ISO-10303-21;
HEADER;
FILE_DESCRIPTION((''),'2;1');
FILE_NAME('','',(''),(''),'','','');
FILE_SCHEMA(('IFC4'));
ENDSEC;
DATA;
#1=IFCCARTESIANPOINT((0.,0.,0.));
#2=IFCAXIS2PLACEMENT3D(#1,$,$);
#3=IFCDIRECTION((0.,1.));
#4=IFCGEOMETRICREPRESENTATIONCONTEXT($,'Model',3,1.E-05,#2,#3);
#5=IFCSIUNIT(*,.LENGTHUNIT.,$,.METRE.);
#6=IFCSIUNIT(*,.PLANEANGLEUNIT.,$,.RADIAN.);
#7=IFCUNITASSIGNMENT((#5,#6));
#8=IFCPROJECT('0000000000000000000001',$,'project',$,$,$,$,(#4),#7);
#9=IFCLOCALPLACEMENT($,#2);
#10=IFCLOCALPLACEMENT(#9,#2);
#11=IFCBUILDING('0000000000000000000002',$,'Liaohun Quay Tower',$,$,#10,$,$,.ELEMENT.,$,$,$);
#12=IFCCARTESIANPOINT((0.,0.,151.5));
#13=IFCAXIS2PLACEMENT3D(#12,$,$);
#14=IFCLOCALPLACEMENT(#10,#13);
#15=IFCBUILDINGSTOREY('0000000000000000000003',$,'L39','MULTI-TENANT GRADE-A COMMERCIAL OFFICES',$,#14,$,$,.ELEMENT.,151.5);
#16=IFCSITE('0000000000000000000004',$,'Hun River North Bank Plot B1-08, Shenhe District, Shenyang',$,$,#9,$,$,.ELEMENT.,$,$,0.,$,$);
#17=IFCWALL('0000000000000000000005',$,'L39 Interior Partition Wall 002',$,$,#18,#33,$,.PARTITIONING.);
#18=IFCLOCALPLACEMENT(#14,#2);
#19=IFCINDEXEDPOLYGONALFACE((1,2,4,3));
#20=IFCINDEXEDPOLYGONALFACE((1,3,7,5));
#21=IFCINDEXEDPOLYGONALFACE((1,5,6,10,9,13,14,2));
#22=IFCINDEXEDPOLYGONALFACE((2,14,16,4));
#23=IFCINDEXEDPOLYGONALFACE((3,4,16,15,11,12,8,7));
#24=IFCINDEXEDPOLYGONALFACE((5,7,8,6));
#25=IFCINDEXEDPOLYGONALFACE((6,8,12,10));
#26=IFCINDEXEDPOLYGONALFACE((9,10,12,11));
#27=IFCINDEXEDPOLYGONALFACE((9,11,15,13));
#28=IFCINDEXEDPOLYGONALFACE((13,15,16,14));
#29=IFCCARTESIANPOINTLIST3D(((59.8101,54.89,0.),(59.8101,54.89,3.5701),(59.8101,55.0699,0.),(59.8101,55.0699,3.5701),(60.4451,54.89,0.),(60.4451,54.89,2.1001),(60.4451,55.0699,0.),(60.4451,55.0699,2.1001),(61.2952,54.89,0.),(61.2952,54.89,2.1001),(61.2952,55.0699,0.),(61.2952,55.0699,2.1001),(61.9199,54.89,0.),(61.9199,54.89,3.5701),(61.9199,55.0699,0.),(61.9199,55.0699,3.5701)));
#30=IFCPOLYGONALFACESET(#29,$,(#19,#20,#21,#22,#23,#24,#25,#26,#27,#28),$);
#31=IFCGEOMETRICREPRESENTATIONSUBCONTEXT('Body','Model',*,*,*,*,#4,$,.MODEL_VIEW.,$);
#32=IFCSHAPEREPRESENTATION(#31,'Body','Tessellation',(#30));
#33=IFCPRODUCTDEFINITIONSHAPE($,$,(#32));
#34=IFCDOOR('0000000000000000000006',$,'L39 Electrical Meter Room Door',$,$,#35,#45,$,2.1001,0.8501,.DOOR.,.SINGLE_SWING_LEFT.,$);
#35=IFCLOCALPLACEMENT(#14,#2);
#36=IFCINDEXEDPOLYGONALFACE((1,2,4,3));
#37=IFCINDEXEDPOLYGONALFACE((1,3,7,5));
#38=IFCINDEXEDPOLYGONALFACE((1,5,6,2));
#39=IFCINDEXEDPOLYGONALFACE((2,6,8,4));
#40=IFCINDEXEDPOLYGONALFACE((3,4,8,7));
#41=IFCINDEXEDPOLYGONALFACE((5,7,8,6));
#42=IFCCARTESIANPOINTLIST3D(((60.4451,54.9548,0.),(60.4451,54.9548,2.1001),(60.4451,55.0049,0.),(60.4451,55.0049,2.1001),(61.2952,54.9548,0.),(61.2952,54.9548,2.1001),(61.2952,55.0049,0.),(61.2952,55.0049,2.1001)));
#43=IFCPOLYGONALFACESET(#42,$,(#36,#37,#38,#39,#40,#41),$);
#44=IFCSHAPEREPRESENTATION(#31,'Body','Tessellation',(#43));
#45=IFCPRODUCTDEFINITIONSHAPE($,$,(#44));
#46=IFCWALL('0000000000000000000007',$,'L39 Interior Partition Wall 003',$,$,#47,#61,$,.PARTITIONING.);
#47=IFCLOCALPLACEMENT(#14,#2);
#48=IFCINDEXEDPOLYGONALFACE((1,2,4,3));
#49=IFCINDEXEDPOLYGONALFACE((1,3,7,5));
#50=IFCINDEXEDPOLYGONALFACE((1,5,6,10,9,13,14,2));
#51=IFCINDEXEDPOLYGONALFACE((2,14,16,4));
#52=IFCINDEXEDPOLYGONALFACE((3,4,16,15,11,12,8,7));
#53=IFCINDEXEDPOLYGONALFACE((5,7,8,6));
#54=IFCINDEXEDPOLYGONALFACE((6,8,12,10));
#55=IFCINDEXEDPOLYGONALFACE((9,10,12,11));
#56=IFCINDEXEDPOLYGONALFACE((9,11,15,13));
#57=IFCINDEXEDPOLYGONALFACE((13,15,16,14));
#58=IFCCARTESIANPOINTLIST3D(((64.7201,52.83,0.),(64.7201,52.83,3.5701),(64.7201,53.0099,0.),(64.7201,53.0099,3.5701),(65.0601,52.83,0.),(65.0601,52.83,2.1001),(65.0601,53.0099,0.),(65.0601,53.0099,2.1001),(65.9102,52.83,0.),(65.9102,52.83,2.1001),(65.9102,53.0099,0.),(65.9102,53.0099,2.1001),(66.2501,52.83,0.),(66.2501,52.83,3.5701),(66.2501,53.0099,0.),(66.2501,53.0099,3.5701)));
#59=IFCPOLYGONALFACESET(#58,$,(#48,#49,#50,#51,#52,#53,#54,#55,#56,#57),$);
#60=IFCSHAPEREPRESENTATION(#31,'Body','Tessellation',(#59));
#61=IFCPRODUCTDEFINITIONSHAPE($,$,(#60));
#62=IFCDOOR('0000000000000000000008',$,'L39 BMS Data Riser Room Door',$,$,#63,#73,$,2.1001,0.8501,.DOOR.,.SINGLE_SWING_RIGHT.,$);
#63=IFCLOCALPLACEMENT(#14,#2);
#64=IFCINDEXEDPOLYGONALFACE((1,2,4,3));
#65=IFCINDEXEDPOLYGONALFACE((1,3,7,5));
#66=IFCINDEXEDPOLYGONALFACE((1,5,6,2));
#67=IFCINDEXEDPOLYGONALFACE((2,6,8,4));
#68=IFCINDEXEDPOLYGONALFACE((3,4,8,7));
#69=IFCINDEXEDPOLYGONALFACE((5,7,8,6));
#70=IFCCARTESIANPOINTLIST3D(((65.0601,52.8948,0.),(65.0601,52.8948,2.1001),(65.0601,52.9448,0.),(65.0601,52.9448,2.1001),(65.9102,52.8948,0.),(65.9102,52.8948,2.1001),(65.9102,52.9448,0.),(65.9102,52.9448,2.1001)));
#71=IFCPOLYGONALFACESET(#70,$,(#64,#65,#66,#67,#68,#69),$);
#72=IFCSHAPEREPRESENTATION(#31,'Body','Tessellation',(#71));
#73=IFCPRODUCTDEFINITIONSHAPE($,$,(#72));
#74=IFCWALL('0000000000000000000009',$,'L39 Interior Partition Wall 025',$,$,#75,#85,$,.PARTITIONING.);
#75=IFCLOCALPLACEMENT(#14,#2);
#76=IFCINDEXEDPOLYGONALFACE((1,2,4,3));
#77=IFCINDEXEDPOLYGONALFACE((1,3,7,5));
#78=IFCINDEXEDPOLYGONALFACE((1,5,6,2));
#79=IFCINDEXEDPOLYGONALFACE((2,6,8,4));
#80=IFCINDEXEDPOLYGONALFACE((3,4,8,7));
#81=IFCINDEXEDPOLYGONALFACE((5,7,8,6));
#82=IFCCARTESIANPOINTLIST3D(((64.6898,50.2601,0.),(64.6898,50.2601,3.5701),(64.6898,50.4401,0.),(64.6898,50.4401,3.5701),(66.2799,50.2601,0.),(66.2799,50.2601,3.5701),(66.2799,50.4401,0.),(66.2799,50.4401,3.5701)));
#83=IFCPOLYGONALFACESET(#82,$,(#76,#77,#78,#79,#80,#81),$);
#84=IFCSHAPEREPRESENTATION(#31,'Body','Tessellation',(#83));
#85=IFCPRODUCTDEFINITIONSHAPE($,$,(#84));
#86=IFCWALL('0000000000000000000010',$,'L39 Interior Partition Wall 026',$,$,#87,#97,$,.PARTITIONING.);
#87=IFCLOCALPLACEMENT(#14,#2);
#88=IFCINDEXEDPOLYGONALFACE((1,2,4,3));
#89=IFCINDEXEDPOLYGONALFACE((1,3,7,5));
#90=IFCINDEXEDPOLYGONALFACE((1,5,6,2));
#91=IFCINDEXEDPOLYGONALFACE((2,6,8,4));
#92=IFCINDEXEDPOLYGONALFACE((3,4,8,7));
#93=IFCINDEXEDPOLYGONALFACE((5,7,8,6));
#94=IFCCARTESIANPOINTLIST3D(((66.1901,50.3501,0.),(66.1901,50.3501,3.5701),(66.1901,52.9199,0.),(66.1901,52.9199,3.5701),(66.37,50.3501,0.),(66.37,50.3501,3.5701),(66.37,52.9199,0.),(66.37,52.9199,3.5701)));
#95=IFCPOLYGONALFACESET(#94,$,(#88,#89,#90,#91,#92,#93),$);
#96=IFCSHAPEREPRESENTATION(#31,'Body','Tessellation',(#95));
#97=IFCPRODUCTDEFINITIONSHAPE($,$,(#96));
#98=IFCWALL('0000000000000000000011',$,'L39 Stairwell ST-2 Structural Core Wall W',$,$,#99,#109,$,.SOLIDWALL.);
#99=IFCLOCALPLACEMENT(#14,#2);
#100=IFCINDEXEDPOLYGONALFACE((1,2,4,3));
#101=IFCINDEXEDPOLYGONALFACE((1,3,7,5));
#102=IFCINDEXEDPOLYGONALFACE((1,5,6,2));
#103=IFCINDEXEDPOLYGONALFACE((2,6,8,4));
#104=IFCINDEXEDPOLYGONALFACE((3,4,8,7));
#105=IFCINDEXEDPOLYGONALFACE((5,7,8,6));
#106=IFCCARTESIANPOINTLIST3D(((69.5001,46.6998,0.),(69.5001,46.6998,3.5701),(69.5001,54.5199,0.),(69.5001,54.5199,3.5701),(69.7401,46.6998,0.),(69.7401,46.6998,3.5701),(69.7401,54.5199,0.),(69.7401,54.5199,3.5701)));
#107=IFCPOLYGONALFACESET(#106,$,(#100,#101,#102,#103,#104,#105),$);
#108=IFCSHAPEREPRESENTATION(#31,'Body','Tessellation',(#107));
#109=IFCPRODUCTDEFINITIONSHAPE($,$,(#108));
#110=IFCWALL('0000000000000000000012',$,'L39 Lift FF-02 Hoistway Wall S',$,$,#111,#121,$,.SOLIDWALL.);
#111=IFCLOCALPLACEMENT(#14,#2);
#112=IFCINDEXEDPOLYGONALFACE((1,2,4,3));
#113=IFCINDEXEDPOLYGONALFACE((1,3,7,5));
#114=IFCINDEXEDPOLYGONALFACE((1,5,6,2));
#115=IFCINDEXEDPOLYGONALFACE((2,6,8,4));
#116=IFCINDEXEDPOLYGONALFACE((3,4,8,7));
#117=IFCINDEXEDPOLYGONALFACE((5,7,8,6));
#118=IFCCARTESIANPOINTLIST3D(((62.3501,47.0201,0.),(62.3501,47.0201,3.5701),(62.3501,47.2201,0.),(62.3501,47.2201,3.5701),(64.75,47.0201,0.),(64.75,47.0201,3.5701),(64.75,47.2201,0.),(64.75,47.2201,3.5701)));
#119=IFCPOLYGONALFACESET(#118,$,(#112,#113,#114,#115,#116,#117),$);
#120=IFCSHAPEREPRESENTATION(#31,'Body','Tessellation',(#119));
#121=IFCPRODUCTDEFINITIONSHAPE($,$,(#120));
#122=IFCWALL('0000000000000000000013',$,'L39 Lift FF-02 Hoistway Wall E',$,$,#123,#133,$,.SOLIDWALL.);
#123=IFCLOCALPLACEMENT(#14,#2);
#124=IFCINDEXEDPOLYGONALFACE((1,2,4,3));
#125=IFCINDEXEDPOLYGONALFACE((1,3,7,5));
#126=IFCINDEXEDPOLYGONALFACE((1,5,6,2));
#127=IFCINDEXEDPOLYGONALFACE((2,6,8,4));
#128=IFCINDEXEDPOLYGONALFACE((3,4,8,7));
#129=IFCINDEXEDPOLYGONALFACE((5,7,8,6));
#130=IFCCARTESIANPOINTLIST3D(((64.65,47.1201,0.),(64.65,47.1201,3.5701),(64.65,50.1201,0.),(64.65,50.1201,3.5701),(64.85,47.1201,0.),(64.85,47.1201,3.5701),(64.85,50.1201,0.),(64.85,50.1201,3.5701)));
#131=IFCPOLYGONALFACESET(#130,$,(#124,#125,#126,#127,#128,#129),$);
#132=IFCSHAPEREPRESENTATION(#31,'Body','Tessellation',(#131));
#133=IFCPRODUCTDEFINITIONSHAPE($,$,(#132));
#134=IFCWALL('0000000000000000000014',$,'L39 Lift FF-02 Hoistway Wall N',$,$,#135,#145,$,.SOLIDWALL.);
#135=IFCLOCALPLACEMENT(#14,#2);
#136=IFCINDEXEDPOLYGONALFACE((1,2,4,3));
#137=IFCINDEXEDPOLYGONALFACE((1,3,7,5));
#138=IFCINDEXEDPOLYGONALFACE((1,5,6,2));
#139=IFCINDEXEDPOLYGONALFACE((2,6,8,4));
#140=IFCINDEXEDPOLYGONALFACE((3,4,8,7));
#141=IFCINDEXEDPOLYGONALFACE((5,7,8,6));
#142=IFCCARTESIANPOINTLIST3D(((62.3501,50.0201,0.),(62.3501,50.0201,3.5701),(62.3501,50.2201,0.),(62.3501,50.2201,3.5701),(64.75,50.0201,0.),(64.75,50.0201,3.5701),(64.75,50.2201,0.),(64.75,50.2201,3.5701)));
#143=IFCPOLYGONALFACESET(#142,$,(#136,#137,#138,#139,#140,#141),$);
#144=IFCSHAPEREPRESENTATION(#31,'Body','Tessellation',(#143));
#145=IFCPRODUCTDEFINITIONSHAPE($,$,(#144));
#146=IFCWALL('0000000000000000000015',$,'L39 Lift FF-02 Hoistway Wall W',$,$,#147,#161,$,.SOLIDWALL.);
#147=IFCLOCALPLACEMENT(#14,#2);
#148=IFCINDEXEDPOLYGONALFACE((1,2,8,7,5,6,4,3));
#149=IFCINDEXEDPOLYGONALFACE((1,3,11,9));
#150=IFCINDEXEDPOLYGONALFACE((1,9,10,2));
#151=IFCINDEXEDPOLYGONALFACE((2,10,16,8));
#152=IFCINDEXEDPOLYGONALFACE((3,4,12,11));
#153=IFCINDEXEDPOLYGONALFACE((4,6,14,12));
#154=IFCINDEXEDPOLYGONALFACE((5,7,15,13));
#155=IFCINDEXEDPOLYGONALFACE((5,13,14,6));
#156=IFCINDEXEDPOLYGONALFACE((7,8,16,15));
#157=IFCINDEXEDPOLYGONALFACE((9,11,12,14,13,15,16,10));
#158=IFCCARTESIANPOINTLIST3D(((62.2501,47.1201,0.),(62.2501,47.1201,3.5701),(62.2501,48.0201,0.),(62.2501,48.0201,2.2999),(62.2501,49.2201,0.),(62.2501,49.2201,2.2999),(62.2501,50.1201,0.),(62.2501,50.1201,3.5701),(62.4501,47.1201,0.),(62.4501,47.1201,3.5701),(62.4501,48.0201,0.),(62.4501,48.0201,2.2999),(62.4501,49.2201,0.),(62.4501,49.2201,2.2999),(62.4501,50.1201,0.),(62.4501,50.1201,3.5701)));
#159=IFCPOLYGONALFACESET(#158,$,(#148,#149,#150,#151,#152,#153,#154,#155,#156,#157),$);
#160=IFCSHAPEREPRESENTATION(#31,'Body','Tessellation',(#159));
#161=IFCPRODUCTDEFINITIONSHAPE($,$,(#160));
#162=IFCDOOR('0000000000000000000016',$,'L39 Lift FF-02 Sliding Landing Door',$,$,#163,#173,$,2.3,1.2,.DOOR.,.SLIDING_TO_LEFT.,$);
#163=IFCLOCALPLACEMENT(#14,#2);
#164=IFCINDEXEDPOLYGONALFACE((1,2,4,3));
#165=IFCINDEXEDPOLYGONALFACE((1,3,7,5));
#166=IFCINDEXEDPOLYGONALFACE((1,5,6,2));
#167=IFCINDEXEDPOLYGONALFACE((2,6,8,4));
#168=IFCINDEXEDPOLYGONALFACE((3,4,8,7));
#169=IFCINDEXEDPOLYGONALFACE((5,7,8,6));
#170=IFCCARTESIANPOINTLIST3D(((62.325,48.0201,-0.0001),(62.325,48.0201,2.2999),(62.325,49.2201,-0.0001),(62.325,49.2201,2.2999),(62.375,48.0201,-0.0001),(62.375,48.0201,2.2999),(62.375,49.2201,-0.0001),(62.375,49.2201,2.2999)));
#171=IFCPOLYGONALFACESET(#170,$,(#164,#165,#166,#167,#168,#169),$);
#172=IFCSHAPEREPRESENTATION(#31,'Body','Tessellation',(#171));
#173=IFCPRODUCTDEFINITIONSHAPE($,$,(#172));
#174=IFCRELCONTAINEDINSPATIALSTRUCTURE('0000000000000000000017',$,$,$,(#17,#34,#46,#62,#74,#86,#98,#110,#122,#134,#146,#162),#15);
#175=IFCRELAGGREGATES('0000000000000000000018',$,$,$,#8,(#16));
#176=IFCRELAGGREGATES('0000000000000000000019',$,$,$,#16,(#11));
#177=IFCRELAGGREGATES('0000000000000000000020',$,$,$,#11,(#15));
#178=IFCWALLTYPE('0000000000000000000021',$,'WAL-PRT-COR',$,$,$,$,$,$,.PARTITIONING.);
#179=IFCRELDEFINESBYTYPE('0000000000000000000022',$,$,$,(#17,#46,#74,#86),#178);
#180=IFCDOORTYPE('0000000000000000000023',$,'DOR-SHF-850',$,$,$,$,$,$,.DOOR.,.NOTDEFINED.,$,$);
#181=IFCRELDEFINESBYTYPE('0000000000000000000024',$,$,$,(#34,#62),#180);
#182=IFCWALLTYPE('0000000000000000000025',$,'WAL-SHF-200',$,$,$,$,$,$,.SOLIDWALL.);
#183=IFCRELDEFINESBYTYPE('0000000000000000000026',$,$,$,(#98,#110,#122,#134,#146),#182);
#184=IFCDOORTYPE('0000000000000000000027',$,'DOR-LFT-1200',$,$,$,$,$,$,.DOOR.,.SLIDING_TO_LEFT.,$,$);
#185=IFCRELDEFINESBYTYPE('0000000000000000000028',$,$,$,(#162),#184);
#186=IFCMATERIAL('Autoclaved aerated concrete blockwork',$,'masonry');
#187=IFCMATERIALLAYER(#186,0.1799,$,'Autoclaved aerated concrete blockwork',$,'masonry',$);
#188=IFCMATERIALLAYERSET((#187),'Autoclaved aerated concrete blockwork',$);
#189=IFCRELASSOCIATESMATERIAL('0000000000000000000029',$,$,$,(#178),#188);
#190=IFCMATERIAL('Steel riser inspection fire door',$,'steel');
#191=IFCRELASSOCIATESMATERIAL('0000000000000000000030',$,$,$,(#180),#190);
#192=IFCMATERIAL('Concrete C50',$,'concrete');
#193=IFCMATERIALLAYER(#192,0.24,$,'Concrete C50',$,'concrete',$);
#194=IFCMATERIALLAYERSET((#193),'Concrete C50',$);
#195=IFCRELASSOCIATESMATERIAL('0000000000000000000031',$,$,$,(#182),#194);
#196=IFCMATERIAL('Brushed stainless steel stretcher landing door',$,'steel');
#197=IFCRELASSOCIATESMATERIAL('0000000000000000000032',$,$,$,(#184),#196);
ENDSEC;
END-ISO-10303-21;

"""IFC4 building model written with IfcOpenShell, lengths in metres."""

from ifc_helpers import new_model, si_unit, direction, frame, frame_2d, origin, place, context, subcontext, project, spatial, rectangle, extrude, source, transform, mapped, material, layer, layer_set, type_object, element, fill, save


model = new_model("IFC4")

# Units and contexts
model_context = context("Model", 3, precision=1e-05, world=origin(), true_north=direction((0.0, 1.0)))
body_context = subcontext(model_context, "Body", "Model", "MODEL_VIEW")
ifc_project = project(units=[si_unit("LENGTHUNIT", "METRE"), si_unit("PLANEANGLEUNIT", "RADIAN")], contexts=[model_context])

# Site, building, storey
site_placement = place(None, origin())
site = spatial("IfcSite", under=ifc_project, at=site_placement, Name="Hun River North Bank Plot B1-08, Shenhe District, Shenyang", CompositionType="ELEMENT", RefElevation=0.0)
building_placement = place(site_placement, origin())
building = spatial("IfcBuilding", under=site, at=building_placement, Name="Liaohun Quay Tower", CompositionType="ELEMENT")
storey_placement = place(building_placement, frame((0.0, 0.0, 151.5)))
storey = spatial("IfcBuildingStorey", under=building, at=storey_placement, Name="L39", Description="MULTI-TENANT GRADE-A COMMERCIAL OFFICES", CompositionType="ELEMENT", Elevation=151.5)

# Walls, openings, doors
ifc_material_1 = material(Name="Autoclaved aerated concrete blockwork", Category="masonry")
ifc_layer_1 = layer(ifc_material_1, 0.1799, Name="Autoclaved aerated concrete blockwork", Category="masonry")
ifc_layer_set_1 = layer_set([ifc_layer_1], Name="Autoclaved aerated concrete blockwork")
wall_type_1 = type_object("IfcWallType", Name="WAL-PRT-COR", PredefinedType="PARTITIONING", material=ifc_layer_set_1)
wall_1_placement = place(storey_placement, frame((59.8101, 54.98, 0.0), z_axis=(0.0, 0.0, 1.0), x_axis=(1.0, 0.0, 0.0)))
wall_1 = element("IfcWall", 1, at=wall_1_placement, inside=storey, type_object=wall_type_1, Name="L39 Interior Partition Wall 002", PredefinedType="PARTITIONING", context=body_context, shape_type="SweptSolid", body=[
    extrude(rectangle(XDim=2.1099, YDim=0.1799, at=frame_2d((1.0549, 0.0))), origin(), (0.0, 0.0, 1.0), 3.5701),
])
shared_shape_1 = source(origin(), body_context, "Body", "SweptSolid", [
    extrude(rectangle(XDim=0.8501, YDim=2.1001, at=frame_2d((0.425, 1.05))), frame((0.0, 0.0999, 0.0), z_axis=(0.0, -1.0, 0.0), x_axis=(1.0, 0.0, 0.0)), (0.0, 0.0, 1.0), 0.2),
])
opening_1_placement = place(wall_1_placement, frame((0.635, 0.0, 0.0)))
opening_1 = element("IfcOpeningElement", 2, at=opening_1_placement, cuts=wall_1, PredefinedType="OPENING", context=body_context, shape_type="MappedRepresentation", body=[
    mapped(shared_shape_1, transform((0.0, 0.0, 0.0), x_axis=(1.0, 0.0, 0.0), y_axis=(0.0, 1.0, 0.0), z_axis=(0.0, 0.0, 1.0), scale=1.0)),
])
ifc_material_2 = material(Name="Steel riser inspection fire door", Category="steel")
door_type_1 = type_object("IfcDoorType", Name="DOR-SHF-850", OperationType="NOTDEFINED", PredefinedType="DOOR", material=ifc_material_2)
shared_shape_2 = source(origin(), body_context, "Body", "SweptSolid", [
    extrude(rectangle(XDim=0.8501, YDim=2.1001, at=frame_2d((0.425, 1.05))), frame((0.0, 0.0249, 0.0), z_axis=(0.0, -1.0, 0.0), x_axis=(1.0, 0.0, 0.0)), (0.0, 0.0, 1.0), 0.05),
])
door_1_placement = place(opening_1_placement, origin())
door_1 = element("IfcDoor", 3, at=door_1_placement, inside=storey, type_object=door_type_1, Name="L39 Electrical Meter Room Door", OperationType="SINGLE_SWING_LEFT", OverallHeight=2.1001, OverallWidth=0.8501, PredefinedType="DOOR", context=body_context, shape_type="MappedRepresentation", body=[
    mapped(shared_shape_2, transform((0.0, 0.0, 0.0), x_axis=(1.0, 0.0, 0.0), y_axis=(0.0, 1.0, 0.0), z_axis=(0.0, 0.0, 1.0), scale=1.0)),
])
fill(opening_1, door_1)
wall_2_placement = place(storey_placement, frame((64.72, 52.9199, 0.0), z_axis=(0.0, 0.0, 1.0), x_axis=(1.0, 0.0, 0.0)))
wall_2 = element("IfcWall", 4, at=wall_2_placement, inside=storey, type_object=wall_type_1, Name="L39 Interior Partition Wall 003", PredefinedType="PARTITIONING", context=body_context, shape_type="SweptSolid", body=[
    extrude(rectangle(XDim=1.53, YDim=0.1799, at=frame_2d((0.7651, 0.0))), origin(), (0.0, 0.0, 1.0), 3.5701),
])
opening_2_placement = place(wall_2_placement, frame((0.3401, 0.0, 0.0)))
opening_2 = element("IfcOpeningElement", 5, at=opening_2_placement, cuts=wall_2, PredefinedType="OPENING", context=body_context, shape_type="MappedRepresentation", body=[
    mapped(shared_shape_1, transform((0.0, 0.0, 0.0), x_axis=(1.0, 0.0, 0.0), y_axis=(0.0, 1.0, 0.0), z_axis=(0.0, 0.0, 1.0), scale=1.0)),
])
door_2_placement = place(opening_2_placement, origin())
door_2 = element("IfcDoor", 6, at=door_2_placement, inside=storey, type_object=door_type_1, Name="L39 BMS Data Riser Room Door", OperationType="SINGLE_SWING_RIGHT", OverallHeight=2.1001, OverallWidth=0.8501, PredefinedType="DOOR", context=body_context, shape_type="MappedRepresentation", body=[
    mapped(shared_shape_2, transform((0.0, 0.0, 0.0), x_axis=(1.0, 0.0, 0.0), y_axis=(0.0, 1.0, 0.0), z_axis=(0.0, 0.0, 1.0), scale=1.0)),
])
fill(opening_2, door_2)

# Walls
wall_3_placement = place(storey_placement, frame((64.6899, 50.3501, 0.0), z_axis=(0.0, 0.0, 1.0), x_axis=(1.0, 0.0, 0.0)))
element("IfcWall", 7, at=wall_3_placement, inside=storey, type_object=wall_type_1, Name="L39 Interior Partition Wall 025", PredefinedType="PARTITIONING", context=body_context, shape_type="SweptSolid", body=[
    extrude(rectangle(XDim=1.5901, YDim=0.1799, at=frame_2d((0.7949, 0.0))), origin(), (0.0, 0.0, 1.0), 3.5701),
])
wall_4_placement = place(storey_placement, frame((66.28, 50.3501, 0.0), z_axis=(0.0, 0.0, 1.0), x_axis=(0.0, 1.0, 0.0)))
element("IfcWall", 8, at=wall_4_placement, inside=storey, type_object=wall_type_1, Name="L39 Interior Partition Wall 026", PredefinedType="PARTITIONING", context=body_context, shape_type="SweptSolid", body=[
    extrude(rectangle(XDim=2.5698, YDim=0.1799, at=frame_2d((1.2849, 0.0))), origin(), (0.0, 0.0, 1.0), 3.5701),
])
ifc_material_3 = material(Name="Concrete C50", Category="concrete")
ifc_layer_2 = layer(ifc_material_3, 0.24, Name="Concrete C50", Category="concrete")
ifc_layer_set_2 = layer_set([ifc_layer_2], Name="Concrete C50")
wall_type_2 = type_object("IfcWallType", Name="WAL-SHF-200", PredefinedType="SOLIDWALL", material=ifc_layer_set_2)
wall_5_placement = place(storey_placement, frame((69.6201, 54.52, 0.0), z_axis=(0.0, 0.0, 1.0), x_axis=(0.0, -1.0, 0.0)))
element("IfcWall", 9, at=wall_5_placement, inside=storey, type_object=wall_type_2, Name="L39 Stairwell ST-2 Structural Core Wall W", PredefinedType="SOLIDWALL", context=body_context, shape_type="SweptSolid", body=[
    extrude(rectangle(XDim=7.8201, YDim=0.24, at=frame_2d((3.9102, 0.0))), origin(), (0.0, 0.0, 1.0), 3.5701),
])
wall_6_placement = place(storey_placement, frame((62.3501, 47.1201, 0.0), z_axis=(0.0, 0.0, 1.0), x_axis=(1.0, 0.0, 0.0)))
element("IfcWall", 10, at=wall_6_placement, inside=storey, type_object=wall_type_2, Name="L39 Lift FF-02 Hoistway Wall S", PredefinedType="SOLIDWALL", context=body_context, shape_type="SweptSolid", body=[
    extrude(rectangle(XDim=2.3999, YDim=0.2, at=frame_2d((1.2, 0.0))), origin(), (0.0, 0.0, 1.0), 3.5701),
])
wall_7_placement = place(storey_placement, frame((64.75, 47.1201, 0.0), z_axis=(0.0, 0.0, 1.0), x_axis=(0.0, 1.0, 0.0)))
element("IfcWall", 11, at=wall_7_placement, inside=storey, type_object=wall_type_2, Name="L39 Lift FF-02 Hoistway Wall E", PredefinedType="SOLIDWALL", context=body_context, shape_type="SweptSolid", body=[
    extrude(rectangle(XDim=3.0, YDim=0.2, at=frame_2d((1.5, 0.0))), origin(), (0.0, 0.0, 1.0), 3.5701),
])
wall_8_placement = place(storey_placement, frame((64.75, 50.1201, 0.0), z_axis=(0.0, 0.0, 1.0), x_axis=(-1.0, 0.0, 0.0)))
element("IfcWall", 12, at=wall_8_placement, inside=storey, type_object=wall_type_2, Name="L39 Lift FF-02 Hoistway Wall N", PredefinedType="SOLIDWALL", context=body_context, shape_type="SweptSolid", body=[
    extrude(rectangle(XDim=2.3999, YDim=0.2, at=frame_2d((1.2, 0.0))), origin(), (0.0, 0.0, 1.0), 3.5701),
])

# Wall, opening, door
wall_9_placement = place(storey_placement, frame((62.3501, 50.1201, 0.0), z_axis=(0.0, 0.0, 1.0), x_axis=(0.0, -1.0, 0.0)))
wall_9 = element("IfcWall", 13, at=wall_9_placement, inside=storey, type_object=wall_type_2, Name="L39 Lift FF-02 Hoistway Wall W", PredefinedType="SOLIDWALL", context=body_context, shape_type="SweptSolid", body=[
    extrude(rectangle(XDim=3.0, YDim=0.2, at=frame_2d((1.5, 0.0))), origin(), (0.0, 0.0, 1.0), 3.5701),
])
shared_shape_3 = source(origin(), body_context, "Body", "SweptSolid", [
    extrude(rectangle(XDim=1.2, YDim=2.3, at=frame_2d((0.6001, 1.1499))), frame((0.0, 0.1099, 0.0), z_axis=(0.0, -1.0, 0.0), x_axis=(1.0, 0.0, 0.0)), (0.0, 0.0, 1.0), 0.22),
])
opening_3_placement = place(wall_9_placement, frame((0.8999, 0.0, 0.0)))
opening_3 = element("IfcOpeningElement", 14, at=opening_3_placement, cuts=wall_9, PredefinedType="OPENING", context=body_context, shape_type="MappedRepresentation", body=[
    mapped(shared_shape_3, transform((0.0, 0.0, 0.0), x_axis=(1.0, 0.0, 0.0), y_axis=(0.0, 1.0, 0.0), z_axis=(0.0, 0.0, 1.0), scale=1.0)),
])
ifc_material_4 = material(Name="Brushed stainless steel stretcher landing door", Category="steel")
door_type_2 = type_object("IfcDoorType", Name="DOR-LFT-1200", OperationType="SLIDING_TO_LEFT", PredefinedType="DOOR", material=ifc_material_4)
shared_shape_4 = source(origin(), body_context, "Body", "SweptSolid", [
    extrude(rectangle(XDim=1.2, YDim=2.3, at=frame_2d((0.6001, 1.1499))), frame((0.0, 0.0249, 0.0), z_axis=(0.0, -1.0, 0.0), x_axis=(1.0, 0.0, 0.0)), (0.0, 0.0, 1.0), 0.05),
])
door_3_placement = place(opening_3_placement, origin())
door_3 = element("IfcDoor", 15, at=door_3_placement, inside=storey, type_object=door_type_2, Name="L39 Lift FF-02 Sliding Landing Door", OperationType="SLIDING_TO_LEFT", OverallHeight=2.3, OverallWidth=1.2, PredefinedType="DOOR", context=body_context, shape_type="MappedRepresentation", body=[
    mapped(shared_shape_4, transform((0.0, 0.0, 0.0), x_axis=(1.0, 0.0, 0.0), y_axis=(0.0, 1.0, 0.0), z_axis=(0.0, 0.0, 1.0), scale=1.0)),
])
fill(opening_3, door_3)

save(model, "model.ifc")
